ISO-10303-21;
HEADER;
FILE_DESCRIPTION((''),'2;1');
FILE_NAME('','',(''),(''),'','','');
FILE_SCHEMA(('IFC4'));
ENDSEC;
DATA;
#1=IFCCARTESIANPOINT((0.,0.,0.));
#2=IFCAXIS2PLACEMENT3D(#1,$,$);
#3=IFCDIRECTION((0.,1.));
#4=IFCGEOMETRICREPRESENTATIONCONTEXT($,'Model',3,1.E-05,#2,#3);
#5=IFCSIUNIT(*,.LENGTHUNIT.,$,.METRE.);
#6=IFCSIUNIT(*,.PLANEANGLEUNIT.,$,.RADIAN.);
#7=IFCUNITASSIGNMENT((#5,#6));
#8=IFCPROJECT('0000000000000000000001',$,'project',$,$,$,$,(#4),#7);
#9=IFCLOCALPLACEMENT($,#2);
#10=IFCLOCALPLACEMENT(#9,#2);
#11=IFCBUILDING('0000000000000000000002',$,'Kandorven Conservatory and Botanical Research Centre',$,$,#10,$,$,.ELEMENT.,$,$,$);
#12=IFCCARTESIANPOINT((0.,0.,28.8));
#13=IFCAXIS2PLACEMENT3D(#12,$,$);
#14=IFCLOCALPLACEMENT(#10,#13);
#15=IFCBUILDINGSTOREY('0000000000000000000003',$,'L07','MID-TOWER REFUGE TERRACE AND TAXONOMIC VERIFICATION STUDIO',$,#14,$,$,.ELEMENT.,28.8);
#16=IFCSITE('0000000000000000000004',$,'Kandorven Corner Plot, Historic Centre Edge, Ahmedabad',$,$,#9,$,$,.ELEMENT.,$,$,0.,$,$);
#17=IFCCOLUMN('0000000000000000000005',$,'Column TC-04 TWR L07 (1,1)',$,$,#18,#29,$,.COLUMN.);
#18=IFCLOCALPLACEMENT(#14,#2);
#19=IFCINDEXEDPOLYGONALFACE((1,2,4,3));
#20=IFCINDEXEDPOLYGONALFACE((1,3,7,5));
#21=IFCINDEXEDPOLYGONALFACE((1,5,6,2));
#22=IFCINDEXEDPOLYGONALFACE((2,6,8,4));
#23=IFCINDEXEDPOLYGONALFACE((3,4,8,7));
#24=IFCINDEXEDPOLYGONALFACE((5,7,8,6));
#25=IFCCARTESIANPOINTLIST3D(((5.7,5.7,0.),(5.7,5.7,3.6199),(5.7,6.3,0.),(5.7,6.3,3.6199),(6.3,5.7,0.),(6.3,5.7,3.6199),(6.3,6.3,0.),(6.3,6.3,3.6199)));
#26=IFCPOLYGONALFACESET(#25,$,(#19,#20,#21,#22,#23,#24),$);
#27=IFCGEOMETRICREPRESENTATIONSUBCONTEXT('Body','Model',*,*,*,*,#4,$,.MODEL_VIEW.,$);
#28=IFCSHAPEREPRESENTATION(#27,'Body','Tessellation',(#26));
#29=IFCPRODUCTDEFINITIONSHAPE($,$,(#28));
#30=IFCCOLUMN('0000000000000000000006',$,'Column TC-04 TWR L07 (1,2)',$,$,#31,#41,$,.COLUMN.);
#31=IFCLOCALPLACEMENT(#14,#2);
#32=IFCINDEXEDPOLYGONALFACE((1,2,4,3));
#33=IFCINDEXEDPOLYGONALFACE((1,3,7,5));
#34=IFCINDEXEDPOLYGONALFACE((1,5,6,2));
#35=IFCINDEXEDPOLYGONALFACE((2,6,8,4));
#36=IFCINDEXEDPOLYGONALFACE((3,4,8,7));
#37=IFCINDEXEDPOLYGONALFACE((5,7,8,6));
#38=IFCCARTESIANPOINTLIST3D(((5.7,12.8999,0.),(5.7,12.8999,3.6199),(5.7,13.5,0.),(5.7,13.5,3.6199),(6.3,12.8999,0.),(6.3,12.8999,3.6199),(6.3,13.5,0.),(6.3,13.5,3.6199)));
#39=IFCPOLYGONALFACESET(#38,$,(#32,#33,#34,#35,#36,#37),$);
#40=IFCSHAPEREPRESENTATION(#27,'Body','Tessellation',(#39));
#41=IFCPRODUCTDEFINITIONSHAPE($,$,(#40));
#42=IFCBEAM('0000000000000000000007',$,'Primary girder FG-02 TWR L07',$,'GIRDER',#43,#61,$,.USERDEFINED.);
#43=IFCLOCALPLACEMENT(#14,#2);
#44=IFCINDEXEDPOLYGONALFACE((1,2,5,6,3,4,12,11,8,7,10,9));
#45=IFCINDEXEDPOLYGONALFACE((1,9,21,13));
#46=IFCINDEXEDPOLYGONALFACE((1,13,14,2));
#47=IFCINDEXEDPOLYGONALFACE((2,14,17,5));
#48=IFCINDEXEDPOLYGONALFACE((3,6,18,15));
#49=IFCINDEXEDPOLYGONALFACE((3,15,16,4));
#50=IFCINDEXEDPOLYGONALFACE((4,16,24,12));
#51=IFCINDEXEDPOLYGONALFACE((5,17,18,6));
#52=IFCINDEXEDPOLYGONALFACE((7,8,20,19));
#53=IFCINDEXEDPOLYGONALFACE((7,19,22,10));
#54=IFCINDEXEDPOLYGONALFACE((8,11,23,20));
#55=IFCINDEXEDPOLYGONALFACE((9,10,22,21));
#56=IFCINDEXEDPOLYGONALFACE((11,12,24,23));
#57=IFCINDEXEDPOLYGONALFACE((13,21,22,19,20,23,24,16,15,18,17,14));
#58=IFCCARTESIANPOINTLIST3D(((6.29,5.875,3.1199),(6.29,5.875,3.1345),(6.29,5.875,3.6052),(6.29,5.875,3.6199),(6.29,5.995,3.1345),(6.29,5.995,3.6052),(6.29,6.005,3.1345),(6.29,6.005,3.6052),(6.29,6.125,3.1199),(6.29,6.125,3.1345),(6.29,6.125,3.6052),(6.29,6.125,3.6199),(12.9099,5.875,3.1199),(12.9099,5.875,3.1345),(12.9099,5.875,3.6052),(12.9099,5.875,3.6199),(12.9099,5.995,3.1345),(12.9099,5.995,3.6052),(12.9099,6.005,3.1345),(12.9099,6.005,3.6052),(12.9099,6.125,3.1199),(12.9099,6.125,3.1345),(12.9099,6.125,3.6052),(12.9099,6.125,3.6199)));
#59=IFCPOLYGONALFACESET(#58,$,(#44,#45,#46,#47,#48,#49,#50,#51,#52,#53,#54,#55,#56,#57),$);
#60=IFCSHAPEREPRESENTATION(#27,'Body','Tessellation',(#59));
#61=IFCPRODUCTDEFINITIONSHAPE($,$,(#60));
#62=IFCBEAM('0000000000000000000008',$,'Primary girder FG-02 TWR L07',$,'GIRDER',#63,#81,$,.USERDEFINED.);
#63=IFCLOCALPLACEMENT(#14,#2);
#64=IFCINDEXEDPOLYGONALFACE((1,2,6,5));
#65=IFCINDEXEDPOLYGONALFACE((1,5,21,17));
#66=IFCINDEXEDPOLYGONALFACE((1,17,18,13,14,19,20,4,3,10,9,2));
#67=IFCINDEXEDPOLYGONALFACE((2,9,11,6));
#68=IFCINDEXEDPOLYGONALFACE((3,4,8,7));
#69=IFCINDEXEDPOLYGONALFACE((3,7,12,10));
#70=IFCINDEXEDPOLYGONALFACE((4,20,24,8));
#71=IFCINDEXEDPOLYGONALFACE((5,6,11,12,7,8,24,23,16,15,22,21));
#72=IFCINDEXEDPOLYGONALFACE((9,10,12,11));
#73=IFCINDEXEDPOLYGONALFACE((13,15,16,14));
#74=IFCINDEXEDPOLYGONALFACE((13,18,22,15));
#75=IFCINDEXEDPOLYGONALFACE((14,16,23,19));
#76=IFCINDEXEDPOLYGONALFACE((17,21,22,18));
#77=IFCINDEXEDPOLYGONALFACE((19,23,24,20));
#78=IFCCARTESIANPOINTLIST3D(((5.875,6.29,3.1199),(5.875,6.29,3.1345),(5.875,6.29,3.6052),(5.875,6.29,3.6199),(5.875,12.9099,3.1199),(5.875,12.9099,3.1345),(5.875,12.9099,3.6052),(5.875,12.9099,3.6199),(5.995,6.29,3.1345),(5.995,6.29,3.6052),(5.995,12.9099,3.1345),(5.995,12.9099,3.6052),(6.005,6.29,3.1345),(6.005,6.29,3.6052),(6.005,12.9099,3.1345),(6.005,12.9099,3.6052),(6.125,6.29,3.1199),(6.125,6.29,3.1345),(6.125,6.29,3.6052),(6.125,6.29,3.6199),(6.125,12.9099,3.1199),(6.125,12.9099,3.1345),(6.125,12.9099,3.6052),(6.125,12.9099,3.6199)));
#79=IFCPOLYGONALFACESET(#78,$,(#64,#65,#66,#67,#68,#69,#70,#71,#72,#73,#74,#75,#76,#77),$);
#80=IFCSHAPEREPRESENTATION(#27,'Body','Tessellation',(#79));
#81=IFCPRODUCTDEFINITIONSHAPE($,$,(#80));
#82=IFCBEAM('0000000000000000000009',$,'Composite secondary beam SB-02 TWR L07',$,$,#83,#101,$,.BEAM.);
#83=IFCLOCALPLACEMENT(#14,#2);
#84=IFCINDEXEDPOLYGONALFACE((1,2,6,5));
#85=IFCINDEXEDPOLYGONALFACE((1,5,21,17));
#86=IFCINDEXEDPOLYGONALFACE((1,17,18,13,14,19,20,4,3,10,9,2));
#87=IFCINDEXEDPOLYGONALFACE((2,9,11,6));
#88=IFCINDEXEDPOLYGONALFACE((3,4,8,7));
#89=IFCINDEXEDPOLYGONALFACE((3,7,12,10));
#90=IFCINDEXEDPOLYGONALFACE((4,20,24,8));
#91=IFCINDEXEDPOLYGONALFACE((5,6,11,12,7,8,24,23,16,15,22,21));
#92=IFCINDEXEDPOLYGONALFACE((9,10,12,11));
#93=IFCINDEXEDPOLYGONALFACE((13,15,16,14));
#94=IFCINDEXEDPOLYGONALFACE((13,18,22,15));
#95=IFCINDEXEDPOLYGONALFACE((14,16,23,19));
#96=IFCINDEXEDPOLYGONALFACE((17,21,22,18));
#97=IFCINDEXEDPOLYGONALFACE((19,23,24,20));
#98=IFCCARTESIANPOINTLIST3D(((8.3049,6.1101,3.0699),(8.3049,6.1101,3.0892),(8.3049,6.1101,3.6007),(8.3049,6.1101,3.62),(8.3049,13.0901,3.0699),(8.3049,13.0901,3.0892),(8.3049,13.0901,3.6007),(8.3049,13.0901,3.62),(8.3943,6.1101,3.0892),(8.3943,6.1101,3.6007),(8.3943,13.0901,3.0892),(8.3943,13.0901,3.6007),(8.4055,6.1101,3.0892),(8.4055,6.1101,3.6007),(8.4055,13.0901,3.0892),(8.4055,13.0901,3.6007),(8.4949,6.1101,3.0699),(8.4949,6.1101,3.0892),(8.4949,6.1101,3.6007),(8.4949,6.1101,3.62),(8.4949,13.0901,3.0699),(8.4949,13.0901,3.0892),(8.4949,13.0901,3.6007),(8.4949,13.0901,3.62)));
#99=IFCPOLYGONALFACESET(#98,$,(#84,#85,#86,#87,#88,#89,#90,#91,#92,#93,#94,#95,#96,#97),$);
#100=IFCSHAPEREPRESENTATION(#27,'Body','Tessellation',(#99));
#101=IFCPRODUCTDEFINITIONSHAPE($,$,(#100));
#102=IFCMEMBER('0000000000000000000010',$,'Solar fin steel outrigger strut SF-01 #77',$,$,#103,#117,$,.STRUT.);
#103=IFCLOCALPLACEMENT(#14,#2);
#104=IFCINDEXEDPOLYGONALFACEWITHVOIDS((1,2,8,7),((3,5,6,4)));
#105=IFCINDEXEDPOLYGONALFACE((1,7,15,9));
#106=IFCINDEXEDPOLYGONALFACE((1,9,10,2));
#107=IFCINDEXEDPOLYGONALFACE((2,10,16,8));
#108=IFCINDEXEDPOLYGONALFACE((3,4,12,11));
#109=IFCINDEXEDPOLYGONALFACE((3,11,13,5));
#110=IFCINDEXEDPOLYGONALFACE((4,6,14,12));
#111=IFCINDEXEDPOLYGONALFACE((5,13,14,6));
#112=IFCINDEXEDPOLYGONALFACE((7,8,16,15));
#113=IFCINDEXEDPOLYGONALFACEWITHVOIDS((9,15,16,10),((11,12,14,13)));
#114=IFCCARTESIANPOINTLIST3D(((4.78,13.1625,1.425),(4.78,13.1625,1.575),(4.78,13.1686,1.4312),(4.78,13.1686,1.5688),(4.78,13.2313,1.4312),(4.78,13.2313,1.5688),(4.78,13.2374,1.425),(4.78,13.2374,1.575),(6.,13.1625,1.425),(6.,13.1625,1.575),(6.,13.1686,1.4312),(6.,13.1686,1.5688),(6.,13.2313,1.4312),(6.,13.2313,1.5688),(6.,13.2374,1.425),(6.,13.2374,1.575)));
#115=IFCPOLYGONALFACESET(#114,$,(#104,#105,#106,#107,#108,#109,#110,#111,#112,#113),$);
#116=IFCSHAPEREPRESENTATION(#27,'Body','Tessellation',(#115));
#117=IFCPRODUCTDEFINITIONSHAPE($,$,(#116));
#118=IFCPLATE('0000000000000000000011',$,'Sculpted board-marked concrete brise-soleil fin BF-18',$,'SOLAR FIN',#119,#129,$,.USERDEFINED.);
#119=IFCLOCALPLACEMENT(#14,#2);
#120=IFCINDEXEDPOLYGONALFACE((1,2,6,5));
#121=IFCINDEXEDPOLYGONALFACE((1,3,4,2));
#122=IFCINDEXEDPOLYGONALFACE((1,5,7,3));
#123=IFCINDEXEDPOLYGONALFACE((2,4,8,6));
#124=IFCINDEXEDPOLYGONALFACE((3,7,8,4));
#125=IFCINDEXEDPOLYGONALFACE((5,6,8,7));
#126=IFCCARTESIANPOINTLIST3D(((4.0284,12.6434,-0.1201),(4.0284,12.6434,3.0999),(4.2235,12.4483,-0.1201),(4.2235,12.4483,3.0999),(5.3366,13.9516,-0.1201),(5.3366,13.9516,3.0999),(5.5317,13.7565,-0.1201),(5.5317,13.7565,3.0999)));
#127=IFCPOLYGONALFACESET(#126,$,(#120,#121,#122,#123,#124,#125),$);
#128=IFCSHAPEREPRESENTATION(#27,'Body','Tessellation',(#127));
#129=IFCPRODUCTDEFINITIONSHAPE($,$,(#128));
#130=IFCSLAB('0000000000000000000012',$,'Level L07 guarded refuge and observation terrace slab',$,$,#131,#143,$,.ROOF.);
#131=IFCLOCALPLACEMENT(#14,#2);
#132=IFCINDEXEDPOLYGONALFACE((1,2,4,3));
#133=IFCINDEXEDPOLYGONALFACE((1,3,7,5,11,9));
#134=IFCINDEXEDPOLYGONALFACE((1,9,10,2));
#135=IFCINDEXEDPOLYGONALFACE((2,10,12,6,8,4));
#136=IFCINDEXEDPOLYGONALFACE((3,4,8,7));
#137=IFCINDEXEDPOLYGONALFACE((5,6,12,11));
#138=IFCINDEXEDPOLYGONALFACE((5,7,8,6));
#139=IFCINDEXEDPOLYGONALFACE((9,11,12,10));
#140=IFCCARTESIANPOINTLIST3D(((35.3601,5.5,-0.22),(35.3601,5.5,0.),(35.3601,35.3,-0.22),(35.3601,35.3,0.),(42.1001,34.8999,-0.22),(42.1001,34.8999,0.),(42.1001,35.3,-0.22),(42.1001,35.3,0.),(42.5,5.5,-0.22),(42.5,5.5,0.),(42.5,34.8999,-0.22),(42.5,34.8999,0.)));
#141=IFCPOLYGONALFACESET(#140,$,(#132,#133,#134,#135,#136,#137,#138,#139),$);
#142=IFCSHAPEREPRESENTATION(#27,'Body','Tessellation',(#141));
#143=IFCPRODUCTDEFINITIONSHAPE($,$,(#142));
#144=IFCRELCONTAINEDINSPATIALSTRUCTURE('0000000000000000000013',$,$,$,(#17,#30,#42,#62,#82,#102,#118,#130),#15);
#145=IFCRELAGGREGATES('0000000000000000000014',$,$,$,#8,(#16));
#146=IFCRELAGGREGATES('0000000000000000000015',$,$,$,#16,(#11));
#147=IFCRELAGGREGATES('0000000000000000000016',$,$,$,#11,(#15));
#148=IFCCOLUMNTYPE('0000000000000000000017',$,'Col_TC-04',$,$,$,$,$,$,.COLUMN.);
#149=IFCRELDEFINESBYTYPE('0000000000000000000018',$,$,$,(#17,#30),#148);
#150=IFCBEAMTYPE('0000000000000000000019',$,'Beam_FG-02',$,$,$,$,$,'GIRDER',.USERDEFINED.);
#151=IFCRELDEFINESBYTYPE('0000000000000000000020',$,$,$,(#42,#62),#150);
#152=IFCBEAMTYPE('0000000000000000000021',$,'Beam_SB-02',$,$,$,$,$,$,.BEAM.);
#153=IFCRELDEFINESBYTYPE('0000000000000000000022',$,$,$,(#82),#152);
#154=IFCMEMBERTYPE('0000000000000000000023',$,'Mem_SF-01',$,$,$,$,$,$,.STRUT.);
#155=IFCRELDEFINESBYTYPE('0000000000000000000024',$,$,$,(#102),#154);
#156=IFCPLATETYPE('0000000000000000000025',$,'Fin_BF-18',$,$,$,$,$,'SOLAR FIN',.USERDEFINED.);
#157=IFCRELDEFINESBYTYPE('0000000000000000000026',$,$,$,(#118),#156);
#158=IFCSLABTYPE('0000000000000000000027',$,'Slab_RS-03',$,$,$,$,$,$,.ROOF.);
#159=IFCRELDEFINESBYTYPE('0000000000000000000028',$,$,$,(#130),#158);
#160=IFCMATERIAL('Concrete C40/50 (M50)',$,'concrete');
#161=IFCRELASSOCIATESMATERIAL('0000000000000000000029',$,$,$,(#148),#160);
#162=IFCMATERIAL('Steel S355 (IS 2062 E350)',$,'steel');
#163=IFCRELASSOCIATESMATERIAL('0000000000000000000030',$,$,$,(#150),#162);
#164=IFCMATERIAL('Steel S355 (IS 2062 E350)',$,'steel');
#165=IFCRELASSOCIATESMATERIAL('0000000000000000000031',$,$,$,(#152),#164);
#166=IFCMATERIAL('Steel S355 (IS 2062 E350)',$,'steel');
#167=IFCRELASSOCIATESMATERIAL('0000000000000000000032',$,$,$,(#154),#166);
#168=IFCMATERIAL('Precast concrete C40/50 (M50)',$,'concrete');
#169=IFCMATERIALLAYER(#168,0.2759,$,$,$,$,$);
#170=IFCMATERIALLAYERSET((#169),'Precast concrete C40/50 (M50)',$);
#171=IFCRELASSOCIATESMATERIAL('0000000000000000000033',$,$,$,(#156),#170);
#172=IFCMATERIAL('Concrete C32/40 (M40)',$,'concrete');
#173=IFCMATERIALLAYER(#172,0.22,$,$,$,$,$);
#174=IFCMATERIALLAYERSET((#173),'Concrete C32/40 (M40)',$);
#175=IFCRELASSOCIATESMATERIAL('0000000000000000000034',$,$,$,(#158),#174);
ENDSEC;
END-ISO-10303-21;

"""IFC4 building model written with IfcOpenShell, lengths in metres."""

from ifc_helpers import new_model, si_unit, direction, frame, origin, origin_2d, place, context, subcontext, project, spatial, polyline, rectangle, hollow_rectangle, i_section, outline, extrude, material, layer, layer_set, material_profile, profile_set, type_object, element, save


model = new_model("IFC4")

# Units and contexts
model_context = context("Model", 3, precision=1e-05, world=origin(), true_north=direction((0.0, 1.0)))
body_context = subcontext(model_context, "Body", "Model", "MODEL_VIEW")
ifc_project = project(units=[si_unit("LENGTHUNIT", "METRE"), si_unit("PLANEANGLEUNIT", "RADIAN")], contexts=[model_context])

# Site, building, storey
site_placement = place(None, origin())
site = spatial("IfcSite", under=ifc_project, at=site_placement, Name="Kandorven Corner Plot, Historic Centre Edge, Ahmedabad", CompositionType="ELEMENT", RefElevation=0.0)
building_placement = place(site_placement, origin())
building = spatial("IfcBuilding", under=site, at=building_placement, Name="Kandorven Conservatory and Botanical Research Centre", CompositionType="ELEMENT")
storey_placement = place(building_placement, frame((0.0, 0.0, 28.8)))
storey = spatial("IfcBuildingStorey", under=building, at=storey_placement, Name="L07", Description="MID-TOWER REFUGE TERRACE AND TAXONOMIC VERIFICATION STUDIO", CompositionType="ELEMENT", Elevation=28.8)

# Columns
ifc_material_1 = material(Name="Concrete C40/50 (M50)", Category="concrete")
ifc_material_profile_1 = material_profile(ifc_material_1, rectangle(XDim=0.6001, YDim=0.6001, at=origin_2d()))
ifc_profile_set_1 = profile_set([ifc_material_profile_1], Name="Concrete C40/50 (M50)")
column_type = type_object("IfcColumnType", Name="Col_TC-04", PredefinedType="COLUMN", material=ifc_profile_set_1)
for number, where, z_axis, x_axis, name in (
    (1, (6.0, 6.0, 0.0), (0.0, 0.0, 1.0), (1.0, 0.0, 0.0), "Column TC-04 TWR L07 (1,1)"),
    (2, (6.0, 13.2, 0.0), (0.0, 0.0, 1.0), (1.0, 0.0, 0.0), "Column TC-04 TWR L07 (1,2)"),
):
    element("IfcColumn", number, at=place(storey_placement, frame(where, z_axis=z_axis, x_axis=x_axis)), inside=storey, type_object=column_type, Name=name, PredefinedType="COLUMN", context=body_context, shape_type="SweptSolid", body=[
        extrude(rectangle(XDim=0.6001, YDim=0.6001, at=origin_2d()), origin(), (0.0, 0.0, 1.0), 3.6199),
    ])

# Beams
ifc_material_2 = material(Name="Steel S355 (IS 2062 E350)", Category="steel")
ifc_material_profile_2 = material_profile(ifc_material_2, i_section(OverallWidth=0.25, OverallDepth=0.5, WebThickness=0.01, FlangeThickness=0.0146, at=origin_2d()))
ifc_profile_set_2 = profile_set([ifc_material_profile_2], Name="Steel S355 (IS 2062 E350)")
beam_type_1 = type_object("IfcBeamType", Name="Beam_FG-02", ElementType="GIRDER", PredefinedType="USERDEFINED", material=ifc_profile_set_2)
for number, where, z_axis, x_axis, name in (
    (3, (6.29, 6.0, 3.3699), (1.0, 0.0, 0.0), (0.0, 1.0, 0.0), "Primary girder FG-02 TWR L07"),
    (4, (6.0, 6.29, 3.3699), (0.0, 1.0, 0.0), (-1.0, 0.0, 0.0), "Primary girder FG-02 TWR L07"),
):
    element("IfcBeam", number, at=place(storey_placement, frame(where, z_axis=z_axis, x_axis=x_axis)), inside=storey, type_object=beam_type_1, Name=name, ObjectType="GIRDER", PredefinedType="USERDEFINED", context=body_context, shape_type="SweptSolid", body=[
        extrude(i_section(OverallWidth=0.25, OverallDepth=0.5, WebThickness=0.01, FlangeThickness=0.0146, at=origin_2d()), origin(), (0.0, 0.0, 1.0), 6.6199),
    ])
ifc_material_3 = material(Name="Steel S355 (IS 2062 E350)", Category="steel")
ifc_material_profile_3 = material_profile(ifc_material_3, i_section(OverallWidth=0.1899, OverallDepth=0.55, WebThickness=0.0112, FlangeThickness=0.0193, at=origin_2d()))
ifc_profile_set_3 = profile_set([ifc_material_profile_3], Name="Steel S355 (IS 2062 E350)")
beam_type_2 = type_object("IfcBeamType", Name="Beam_SB-02", PredefinedType="BEAM", material=ifc_profile_set_3)
beam_placement = place(storey_placement, frame((8.3999, 6.1101, 3.345), z_axis=(0.0, 1.0, 0.0), x_axis=(-1.0, 0.0, 0.0)))
element("IfcBeam", 5, at=beam_placement, inside=storey, type_object=beam_type_2, Name="Composite secondary beam SB-02 TWR L07", PredefinedType="BEAM", context=body_context, shape_type="SweptSolid", body=[
    extrude(i_section(OverallWidth=0.1899, OverallDepth=0.55, WebThickness=0.0112, FlangeThickness=0.0193, at=origin_2d()), origin(), (0.0, 0.0, 1.0), 6.98),
])

# Member
ifc_material_4 = material(Name="Steel S355 (IS 2062 E350)", Category="steel")
ifc_material_profile_4 = material_profile(ifc_material_4, hollow_rectangle(XDim=0.075, YDim=0.1499, WallThickness=0.0061, at=origin_2d()))
ifc_profile_set_4 = profile_set([ifc_material_profile_4], Name="Steel S355 (IS 2062 E350)")
member_type = type_object("IfcMemberType", Name="Mem_SF-01", PredefinedType="STRUT", material=ifc_profile_set_4)
member_placement = place(storey_placement, frame((6.0, 13.2, 1.5), z_axis=(-1.0, 0.0, 0.0), x_axis=(0.0, -1.0, 0.0)))
element("IfcMember", 6, at=member_placement, inside=storey, type_object=member_type, Name="Solar fin steel outrigger strut SF-01 #77", PredefinedType="STRUT", context=body_context, shape_type="SweptSolid", body=[
    extrude(hollow_rectangle(XDim=0.075, YDim=0.1499, WallThickness=0.0061, at=origin_2d()), origin(), (0.0, 0.0, 1.0), 1.22),
])

# Plate
ifc_material_5 = material(Name="Precast concrete C40/50 (M50)", Category="concrete")
ifc_layer_1 = layer(ifc_material_5, 0.2759)
ifc_layer_set_1 = layer_set([ifc_layer_1], Name="Precast concrete C40/50 (M50)")
plate_type = type_object("IfcPlateType", Name="Fin_BF-18", ElementType="SOLAR FIN", PredefinedType="USERDEFINED", material=ifc_layer_set_1)
plate_placement = place(storey_placement, frame((4.78, 13.2, -0.1201), z_axis=(0.0, 0.0, 1.0), x_axis=(0.707107, 0.707107, 0.0)))
element("IfcPlate", 7, at=plate_placement, inside=storey, type_object=plate_type, Name="Sculpted board-marked concrete brise-soleil fin BF-18", ObjectType="SOLAR FIN", PredefinedType="USERDEFINED", context=body_context, shape_type="SweptSolid", body=[
    extrude(rectangle(XDim=1.8501, YDim=0.2759, at=origin_2d()), origin(), (0.0, 0.0, 1.0), 3.22),
])

# Slab
ifc_material_6 = material(Name="Concrete C32/40 (M40)", Category="concrete")
ifc_layer_2 = layer(ifc_material_6, 0.22)
ifc_layer_set_2 = layer_set([ifc_layer_2], Name="Concrete C32/40 (M40)")
slab_type_1 = type_object("IfcSlabType", Name="Slab_RS-03", PredefinedType="ROOF", material=ifc_layer_set_2)
slab_1_placement = place(storey_placement, frame((0.0, 0.0, -0.22)))
element("IfcSlab", 8, at=slab_1_placement, inside=storey, type_object=slab_type_1, Name="Level L07 guarded refuge and observation terrace slab", PredefinedType="ROOF", context=body_context, shape_type="SweptSolid", body=[
    extrude(outline(polyline([(35.3601, 5.5), (42.5, 5.5), (42.5, 34.8999), (42.1001, 34.8999), (42.1001, 35.3), (35.3601, 35.3), (35.3601, 5.5)])), origin(), (0.0, 0.0, 1.0), 0.22),
])

save(model, "model.ifc")
